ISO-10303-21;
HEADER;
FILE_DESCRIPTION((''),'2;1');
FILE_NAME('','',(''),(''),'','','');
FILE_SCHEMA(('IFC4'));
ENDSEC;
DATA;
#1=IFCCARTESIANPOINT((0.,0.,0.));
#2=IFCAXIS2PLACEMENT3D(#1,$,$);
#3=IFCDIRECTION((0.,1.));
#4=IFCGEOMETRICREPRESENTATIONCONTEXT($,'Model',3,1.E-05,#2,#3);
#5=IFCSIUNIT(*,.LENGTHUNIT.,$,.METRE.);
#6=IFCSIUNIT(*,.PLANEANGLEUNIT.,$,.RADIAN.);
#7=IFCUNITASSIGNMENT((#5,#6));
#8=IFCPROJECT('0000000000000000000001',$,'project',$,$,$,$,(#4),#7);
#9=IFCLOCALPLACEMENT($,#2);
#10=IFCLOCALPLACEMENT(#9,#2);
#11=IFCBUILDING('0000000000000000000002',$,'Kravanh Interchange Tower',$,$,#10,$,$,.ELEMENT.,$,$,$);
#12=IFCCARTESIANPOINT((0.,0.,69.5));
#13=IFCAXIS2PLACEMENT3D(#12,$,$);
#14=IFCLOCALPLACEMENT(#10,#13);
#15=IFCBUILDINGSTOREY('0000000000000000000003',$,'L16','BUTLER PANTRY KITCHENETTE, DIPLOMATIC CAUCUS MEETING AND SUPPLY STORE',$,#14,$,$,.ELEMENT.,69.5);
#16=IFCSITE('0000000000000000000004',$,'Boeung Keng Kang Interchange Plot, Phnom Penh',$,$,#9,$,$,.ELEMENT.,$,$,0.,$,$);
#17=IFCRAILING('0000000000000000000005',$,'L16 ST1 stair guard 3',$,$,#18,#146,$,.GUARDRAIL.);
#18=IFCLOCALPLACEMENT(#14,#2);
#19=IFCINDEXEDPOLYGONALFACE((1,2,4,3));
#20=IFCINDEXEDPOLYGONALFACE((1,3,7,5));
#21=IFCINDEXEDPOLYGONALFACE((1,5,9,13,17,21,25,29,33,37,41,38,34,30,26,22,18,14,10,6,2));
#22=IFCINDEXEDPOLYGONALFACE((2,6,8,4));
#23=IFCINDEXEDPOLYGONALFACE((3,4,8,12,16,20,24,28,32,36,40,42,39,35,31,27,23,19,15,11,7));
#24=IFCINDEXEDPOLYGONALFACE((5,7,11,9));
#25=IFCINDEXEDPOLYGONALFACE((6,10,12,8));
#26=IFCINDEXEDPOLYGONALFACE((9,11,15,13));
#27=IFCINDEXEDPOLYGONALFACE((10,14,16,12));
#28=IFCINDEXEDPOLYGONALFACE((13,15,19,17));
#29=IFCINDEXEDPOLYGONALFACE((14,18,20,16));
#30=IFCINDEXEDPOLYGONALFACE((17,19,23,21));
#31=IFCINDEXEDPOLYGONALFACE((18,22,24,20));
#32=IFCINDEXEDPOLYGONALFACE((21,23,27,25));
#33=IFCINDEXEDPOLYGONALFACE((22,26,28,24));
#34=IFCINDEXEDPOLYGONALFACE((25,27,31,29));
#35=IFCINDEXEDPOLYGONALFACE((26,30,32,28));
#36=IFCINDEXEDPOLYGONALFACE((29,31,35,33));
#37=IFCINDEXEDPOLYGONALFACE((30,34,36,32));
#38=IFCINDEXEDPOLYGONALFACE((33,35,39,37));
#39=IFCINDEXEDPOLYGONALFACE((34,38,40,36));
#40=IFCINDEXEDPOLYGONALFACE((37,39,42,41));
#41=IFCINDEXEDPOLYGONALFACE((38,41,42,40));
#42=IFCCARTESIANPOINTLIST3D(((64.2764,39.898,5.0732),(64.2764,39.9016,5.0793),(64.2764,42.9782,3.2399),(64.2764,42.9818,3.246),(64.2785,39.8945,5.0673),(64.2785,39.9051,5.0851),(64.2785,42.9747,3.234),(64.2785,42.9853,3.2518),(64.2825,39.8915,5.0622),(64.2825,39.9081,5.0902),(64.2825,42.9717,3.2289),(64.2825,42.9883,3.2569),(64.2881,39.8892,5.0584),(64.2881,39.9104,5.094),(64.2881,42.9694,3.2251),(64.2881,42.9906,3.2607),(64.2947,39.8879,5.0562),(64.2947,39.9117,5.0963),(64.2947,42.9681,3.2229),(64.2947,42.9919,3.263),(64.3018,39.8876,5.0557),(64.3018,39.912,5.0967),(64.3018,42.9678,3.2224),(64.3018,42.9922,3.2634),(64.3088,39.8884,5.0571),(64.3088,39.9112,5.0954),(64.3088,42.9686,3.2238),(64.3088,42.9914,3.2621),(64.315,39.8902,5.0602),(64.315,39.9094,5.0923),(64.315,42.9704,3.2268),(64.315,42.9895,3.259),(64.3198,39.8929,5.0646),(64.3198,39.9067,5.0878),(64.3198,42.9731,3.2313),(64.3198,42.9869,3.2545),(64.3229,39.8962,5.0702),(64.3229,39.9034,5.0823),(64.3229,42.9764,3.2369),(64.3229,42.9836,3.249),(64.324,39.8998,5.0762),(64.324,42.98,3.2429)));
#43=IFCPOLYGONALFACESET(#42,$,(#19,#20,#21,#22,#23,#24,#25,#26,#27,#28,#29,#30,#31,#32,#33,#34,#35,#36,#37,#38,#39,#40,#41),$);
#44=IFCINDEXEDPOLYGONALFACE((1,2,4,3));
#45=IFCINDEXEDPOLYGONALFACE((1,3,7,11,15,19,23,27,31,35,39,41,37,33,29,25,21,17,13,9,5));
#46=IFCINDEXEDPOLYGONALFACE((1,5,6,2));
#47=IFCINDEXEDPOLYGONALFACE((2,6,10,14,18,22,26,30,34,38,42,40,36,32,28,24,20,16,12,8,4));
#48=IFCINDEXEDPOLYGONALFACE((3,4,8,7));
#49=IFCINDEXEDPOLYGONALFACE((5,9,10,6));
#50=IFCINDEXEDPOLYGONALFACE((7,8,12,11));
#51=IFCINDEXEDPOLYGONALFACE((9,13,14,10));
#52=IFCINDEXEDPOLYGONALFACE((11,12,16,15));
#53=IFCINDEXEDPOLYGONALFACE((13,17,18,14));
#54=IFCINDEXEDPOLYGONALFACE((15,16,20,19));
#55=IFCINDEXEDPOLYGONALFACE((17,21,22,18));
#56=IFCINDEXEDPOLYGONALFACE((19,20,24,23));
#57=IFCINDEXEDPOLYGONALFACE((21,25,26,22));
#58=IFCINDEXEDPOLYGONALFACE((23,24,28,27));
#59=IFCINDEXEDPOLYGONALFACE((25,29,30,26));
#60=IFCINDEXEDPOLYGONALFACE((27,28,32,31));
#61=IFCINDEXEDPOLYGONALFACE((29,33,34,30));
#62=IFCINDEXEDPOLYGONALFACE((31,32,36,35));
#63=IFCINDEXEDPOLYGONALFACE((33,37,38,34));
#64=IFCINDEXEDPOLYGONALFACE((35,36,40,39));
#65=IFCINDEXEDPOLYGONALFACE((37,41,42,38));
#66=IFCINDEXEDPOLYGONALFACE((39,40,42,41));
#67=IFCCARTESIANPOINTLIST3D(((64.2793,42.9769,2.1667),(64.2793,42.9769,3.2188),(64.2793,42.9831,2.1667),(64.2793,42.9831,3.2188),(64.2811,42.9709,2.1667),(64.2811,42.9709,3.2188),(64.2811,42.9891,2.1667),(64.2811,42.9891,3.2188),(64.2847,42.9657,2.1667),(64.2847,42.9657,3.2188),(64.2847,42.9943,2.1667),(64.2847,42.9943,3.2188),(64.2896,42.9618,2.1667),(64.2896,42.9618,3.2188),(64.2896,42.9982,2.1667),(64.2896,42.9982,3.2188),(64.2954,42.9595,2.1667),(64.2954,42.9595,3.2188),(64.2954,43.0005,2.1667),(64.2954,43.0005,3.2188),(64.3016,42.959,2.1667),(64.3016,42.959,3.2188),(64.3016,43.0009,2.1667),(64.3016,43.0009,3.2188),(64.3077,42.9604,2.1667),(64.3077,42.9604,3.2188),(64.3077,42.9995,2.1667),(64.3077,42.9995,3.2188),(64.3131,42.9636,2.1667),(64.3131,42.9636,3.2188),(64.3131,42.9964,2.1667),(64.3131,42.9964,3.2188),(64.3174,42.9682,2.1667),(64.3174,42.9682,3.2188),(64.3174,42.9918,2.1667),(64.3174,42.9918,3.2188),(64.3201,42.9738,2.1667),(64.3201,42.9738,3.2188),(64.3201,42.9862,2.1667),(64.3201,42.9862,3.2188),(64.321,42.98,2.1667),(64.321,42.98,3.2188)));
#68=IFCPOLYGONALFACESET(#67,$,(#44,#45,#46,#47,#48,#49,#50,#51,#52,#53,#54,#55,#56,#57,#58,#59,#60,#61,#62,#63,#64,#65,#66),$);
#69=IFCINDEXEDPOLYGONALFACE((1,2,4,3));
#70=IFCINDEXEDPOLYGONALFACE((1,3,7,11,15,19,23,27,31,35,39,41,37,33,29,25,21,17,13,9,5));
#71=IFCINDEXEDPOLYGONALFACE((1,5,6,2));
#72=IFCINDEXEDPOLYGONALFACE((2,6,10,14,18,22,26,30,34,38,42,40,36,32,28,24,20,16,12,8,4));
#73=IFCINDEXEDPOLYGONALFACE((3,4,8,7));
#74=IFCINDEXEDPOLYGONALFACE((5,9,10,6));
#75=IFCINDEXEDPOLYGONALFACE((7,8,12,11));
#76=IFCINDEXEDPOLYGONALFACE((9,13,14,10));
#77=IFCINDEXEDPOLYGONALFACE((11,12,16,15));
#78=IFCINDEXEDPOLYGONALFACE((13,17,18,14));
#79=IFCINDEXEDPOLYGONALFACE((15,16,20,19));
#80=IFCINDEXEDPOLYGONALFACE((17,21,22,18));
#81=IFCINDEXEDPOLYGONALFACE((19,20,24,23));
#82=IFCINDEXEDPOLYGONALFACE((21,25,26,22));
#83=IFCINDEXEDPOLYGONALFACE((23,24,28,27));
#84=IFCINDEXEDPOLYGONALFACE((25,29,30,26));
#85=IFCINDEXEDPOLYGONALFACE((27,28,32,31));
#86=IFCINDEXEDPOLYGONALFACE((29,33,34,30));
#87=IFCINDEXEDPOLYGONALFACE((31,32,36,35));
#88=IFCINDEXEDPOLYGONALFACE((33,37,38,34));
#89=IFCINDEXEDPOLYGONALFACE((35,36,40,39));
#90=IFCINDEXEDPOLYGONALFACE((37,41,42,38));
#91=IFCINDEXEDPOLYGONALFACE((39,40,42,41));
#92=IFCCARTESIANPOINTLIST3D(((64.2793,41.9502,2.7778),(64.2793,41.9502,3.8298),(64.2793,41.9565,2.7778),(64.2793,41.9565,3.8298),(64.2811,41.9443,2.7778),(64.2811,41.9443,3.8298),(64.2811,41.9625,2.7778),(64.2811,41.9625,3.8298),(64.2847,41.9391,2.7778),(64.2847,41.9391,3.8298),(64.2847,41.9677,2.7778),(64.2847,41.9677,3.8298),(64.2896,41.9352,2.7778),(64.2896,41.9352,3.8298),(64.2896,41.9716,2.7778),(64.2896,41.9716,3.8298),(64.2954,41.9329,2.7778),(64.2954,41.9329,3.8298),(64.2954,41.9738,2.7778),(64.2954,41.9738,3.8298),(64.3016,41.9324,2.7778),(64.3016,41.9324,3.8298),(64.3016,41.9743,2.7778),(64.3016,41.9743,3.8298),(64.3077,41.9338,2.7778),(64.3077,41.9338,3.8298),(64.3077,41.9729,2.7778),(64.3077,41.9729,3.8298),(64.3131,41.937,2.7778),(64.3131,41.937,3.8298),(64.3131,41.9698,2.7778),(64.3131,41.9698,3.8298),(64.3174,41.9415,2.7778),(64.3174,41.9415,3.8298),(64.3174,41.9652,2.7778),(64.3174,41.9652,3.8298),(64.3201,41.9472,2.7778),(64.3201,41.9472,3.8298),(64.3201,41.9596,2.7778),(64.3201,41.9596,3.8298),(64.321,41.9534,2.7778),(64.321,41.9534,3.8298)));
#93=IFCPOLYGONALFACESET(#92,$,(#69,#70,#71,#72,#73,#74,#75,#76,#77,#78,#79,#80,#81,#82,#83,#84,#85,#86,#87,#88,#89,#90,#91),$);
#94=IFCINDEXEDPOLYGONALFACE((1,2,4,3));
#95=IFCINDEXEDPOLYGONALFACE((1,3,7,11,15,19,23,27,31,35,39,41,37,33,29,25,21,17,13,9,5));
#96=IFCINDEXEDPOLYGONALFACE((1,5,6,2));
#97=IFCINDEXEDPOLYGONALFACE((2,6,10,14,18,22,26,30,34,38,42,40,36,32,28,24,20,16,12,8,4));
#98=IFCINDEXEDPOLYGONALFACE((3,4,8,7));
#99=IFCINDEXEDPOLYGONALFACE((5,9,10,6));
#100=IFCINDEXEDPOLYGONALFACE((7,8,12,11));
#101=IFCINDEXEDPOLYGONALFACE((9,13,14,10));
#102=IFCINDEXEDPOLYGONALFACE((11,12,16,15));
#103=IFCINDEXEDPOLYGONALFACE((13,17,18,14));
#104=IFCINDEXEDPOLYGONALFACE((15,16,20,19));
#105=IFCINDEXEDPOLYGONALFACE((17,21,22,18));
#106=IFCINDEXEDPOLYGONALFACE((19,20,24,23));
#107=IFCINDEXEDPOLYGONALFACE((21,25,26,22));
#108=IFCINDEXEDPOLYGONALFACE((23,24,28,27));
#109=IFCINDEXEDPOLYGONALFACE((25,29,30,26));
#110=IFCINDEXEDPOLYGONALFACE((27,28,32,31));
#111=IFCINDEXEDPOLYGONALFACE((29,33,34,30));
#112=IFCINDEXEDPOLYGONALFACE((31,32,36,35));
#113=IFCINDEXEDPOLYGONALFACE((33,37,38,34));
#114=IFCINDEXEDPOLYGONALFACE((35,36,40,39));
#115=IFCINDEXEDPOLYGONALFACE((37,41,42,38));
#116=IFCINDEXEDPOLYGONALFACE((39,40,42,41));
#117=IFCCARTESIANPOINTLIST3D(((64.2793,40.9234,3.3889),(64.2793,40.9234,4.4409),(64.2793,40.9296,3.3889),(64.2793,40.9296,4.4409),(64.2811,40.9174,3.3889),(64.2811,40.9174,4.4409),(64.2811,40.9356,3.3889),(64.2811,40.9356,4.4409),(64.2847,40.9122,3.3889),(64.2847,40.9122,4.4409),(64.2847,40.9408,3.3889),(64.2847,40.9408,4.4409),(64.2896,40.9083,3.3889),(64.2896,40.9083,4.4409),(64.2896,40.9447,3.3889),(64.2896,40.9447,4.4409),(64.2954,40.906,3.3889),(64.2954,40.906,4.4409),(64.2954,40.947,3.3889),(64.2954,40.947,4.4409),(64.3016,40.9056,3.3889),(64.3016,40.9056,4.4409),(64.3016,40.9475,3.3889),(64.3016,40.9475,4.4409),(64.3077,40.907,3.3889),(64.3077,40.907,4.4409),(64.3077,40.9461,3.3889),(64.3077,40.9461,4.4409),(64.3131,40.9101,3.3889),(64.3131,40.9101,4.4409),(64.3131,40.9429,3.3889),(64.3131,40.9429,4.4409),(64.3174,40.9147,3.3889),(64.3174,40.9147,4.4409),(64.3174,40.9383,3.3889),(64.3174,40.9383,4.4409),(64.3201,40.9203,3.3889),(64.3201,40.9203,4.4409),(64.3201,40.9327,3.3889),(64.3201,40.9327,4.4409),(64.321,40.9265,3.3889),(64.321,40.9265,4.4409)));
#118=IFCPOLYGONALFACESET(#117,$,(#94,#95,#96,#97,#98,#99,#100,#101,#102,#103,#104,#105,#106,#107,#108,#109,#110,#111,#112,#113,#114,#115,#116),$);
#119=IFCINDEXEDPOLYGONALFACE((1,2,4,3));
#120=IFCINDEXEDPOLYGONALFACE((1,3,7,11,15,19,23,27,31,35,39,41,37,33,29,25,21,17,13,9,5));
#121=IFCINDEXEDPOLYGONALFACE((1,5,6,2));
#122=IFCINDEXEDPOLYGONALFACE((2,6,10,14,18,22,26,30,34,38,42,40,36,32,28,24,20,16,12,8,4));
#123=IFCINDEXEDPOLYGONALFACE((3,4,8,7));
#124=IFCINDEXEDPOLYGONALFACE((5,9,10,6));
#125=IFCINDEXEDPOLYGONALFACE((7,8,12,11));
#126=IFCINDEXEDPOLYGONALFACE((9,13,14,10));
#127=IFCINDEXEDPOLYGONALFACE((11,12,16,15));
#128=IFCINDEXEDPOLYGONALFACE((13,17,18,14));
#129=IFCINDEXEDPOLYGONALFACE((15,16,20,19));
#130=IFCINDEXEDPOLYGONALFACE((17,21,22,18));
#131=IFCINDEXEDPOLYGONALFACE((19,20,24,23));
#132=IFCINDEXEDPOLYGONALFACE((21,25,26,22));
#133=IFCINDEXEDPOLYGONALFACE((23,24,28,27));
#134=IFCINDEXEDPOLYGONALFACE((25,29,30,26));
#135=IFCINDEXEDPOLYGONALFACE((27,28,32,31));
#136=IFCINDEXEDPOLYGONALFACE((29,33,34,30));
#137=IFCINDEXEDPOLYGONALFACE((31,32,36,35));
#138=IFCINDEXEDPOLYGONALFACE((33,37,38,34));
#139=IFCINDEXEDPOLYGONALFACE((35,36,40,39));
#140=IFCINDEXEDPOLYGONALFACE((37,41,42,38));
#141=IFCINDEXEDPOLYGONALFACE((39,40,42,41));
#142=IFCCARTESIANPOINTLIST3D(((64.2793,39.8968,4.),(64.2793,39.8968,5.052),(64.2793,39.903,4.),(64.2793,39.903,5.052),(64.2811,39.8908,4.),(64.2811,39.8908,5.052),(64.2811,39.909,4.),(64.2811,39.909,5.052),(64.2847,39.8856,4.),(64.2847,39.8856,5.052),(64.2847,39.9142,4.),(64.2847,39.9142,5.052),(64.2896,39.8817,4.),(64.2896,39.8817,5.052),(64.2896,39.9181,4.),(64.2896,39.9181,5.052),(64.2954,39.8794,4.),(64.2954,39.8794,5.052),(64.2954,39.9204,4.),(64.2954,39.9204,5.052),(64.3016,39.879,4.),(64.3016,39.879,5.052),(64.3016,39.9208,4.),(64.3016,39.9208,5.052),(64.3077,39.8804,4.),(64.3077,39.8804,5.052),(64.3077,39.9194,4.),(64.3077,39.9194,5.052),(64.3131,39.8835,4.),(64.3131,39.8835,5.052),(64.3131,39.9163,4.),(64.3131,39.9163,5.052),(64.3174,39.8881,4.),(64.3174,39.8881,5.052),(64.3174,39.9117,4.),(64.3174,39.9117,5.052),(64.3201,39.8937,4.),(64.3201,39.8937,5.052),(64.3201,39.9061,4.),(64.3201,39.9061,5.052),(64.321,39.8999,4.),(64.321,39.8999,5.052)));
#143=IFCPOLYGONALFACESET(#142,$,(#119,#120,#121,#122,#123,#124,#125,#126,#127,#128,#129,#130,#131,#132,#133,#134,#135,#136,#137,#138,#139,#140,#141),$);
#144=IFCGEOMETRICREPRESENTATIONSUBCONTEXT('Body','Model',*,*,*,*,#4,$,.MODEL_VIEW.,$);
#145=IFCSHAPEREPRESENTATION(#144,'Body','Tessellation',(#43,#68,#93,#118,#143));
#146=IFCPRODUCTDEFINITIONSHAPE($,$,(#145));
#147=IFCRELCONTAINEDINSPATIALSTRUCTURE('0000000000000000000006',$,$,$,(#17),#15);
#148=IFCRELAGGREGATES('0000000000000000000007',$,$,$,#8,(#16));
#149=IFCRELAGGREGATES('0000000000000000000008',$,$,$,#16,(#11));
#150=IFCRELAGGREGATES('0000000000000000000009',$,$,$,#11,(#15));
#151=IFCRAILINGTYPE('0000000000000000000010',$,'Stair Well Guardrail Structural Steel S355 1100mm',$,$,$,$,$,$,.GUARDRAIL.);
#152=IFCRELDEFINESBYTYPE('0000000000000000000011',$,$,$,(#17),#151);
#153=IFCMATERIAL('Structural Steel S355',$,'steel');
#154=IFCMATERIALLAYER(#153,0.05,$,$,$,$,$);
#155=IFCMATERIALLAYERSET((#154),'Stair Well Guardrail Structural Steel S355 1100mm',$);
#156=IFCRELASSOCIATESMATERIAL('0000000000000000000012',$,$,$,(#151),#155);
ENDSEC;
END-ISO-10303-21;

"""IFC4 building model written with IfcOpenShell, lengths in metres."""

from ifc_helpers import new_model, si_unit, direction, frame, origin, origin_2d, place, context, subcontext, project, spatial, circle, extrude, material, layer, layer_set, type_object, element, save


model = new_model("IFC4")

# Units and contexts
model_context = context("Model", 3, precision=1e-05, world=origin(), true_north=direction((0.0, 1.0)))
body_context = subcontext(model_context, "Body", "Model", "MODEL_VIEW")
ifc_project = project(units=[si_unit("LENGTHUNIT", "METRE"), si_unit("PLANEANGLEUNIT", "RADIAN")], contexts=[model_context])

# Site, building, storey
site_placement = place(None, origin())
site = spatial("IfcSite", under=ifc_project, at=site_placement, Name="Boeung Keng Kang Interchange Plot, Phnom Penh", CompositionType="ELEMENT", RefElevation=0.0)
building_placement = place(site_placement, origin())
building = spatial("IfcBuilding", under=site, at=building_placement, Name="Kravanh Interchange Tower", CompositionType="ELEMENT")
storey_placement = place(building_placement, frame((0.0, 0.0, 69.5)))
storey = spatial("IfcBuildingStorey", under=building, at=storey_placement, Name="L16", Description="BUTLER PANTRY KITCHENETTE, DIPLOMATIC CAUCUS MEETING AND SUPPLY STORE", CompositionType="ELEMENT", Elevation=69.5)

# Railing
ifc_material_1 = material(Name="Structural Steel S355", Category="steel")
ifc_layer_1 = layer(ifc_material_1, 0.05)
ifc_layer_set_1 = layer_set([ifc_layer_1], Name="Stair Well Guardrail Structural Steel S355 1100mm")
railing_type_1 = type_object("IfcRailingType", Name="Stair Well Guardrail Structural Steel S355 1100mm", PredefinedType="GUARDRAIL", material=ifc_layer_set_1)
railing_1_placement = place(storey_placement, frame((64.3, 42.98, 2.1667)))
element("IfcRailing", 1, at=railing_1_placement, inside=storey, type_object=railing_type_1, Name="L16 ST1 stair guard 3", PredefinedType="GUARDRAIL", context=body_context, shape_type="SweptSolid", body=[
    extrude(circle(Radius=0.0239, at=origin_2d()), frame((0.0, 0.0, 1.0762), z_axis=(0.0, -0.859309, 0.511458), x_axis=(1.0, 0.0, 0.0)), (0.0, 0.0, 1.0), 3.5845),
    extrude(circle(Radius=0.021, at=origin_2d()), origin(), (0.0, 0.0, 1.0), 1.052),
    extrude(circle(Radius=0.021, at=origin_2d()), frame((0.0, -1.0266, 0.6111)), (0.0, 0.0, 1.0), 1.052),
    extrude(circle(Radius=0.021, at=origin_2d()), frame((0.0, -2.0535, 1.2222)), (0.0, 0.0, 1.0), 1.052),
    extrude(circle(Radius=0.021, at=origin_2d()), frame((0.0, -3.0801, 1.8333)), (0.0, 0.0, 1.0), 1.052),
])

save(model, "model.ifc")
